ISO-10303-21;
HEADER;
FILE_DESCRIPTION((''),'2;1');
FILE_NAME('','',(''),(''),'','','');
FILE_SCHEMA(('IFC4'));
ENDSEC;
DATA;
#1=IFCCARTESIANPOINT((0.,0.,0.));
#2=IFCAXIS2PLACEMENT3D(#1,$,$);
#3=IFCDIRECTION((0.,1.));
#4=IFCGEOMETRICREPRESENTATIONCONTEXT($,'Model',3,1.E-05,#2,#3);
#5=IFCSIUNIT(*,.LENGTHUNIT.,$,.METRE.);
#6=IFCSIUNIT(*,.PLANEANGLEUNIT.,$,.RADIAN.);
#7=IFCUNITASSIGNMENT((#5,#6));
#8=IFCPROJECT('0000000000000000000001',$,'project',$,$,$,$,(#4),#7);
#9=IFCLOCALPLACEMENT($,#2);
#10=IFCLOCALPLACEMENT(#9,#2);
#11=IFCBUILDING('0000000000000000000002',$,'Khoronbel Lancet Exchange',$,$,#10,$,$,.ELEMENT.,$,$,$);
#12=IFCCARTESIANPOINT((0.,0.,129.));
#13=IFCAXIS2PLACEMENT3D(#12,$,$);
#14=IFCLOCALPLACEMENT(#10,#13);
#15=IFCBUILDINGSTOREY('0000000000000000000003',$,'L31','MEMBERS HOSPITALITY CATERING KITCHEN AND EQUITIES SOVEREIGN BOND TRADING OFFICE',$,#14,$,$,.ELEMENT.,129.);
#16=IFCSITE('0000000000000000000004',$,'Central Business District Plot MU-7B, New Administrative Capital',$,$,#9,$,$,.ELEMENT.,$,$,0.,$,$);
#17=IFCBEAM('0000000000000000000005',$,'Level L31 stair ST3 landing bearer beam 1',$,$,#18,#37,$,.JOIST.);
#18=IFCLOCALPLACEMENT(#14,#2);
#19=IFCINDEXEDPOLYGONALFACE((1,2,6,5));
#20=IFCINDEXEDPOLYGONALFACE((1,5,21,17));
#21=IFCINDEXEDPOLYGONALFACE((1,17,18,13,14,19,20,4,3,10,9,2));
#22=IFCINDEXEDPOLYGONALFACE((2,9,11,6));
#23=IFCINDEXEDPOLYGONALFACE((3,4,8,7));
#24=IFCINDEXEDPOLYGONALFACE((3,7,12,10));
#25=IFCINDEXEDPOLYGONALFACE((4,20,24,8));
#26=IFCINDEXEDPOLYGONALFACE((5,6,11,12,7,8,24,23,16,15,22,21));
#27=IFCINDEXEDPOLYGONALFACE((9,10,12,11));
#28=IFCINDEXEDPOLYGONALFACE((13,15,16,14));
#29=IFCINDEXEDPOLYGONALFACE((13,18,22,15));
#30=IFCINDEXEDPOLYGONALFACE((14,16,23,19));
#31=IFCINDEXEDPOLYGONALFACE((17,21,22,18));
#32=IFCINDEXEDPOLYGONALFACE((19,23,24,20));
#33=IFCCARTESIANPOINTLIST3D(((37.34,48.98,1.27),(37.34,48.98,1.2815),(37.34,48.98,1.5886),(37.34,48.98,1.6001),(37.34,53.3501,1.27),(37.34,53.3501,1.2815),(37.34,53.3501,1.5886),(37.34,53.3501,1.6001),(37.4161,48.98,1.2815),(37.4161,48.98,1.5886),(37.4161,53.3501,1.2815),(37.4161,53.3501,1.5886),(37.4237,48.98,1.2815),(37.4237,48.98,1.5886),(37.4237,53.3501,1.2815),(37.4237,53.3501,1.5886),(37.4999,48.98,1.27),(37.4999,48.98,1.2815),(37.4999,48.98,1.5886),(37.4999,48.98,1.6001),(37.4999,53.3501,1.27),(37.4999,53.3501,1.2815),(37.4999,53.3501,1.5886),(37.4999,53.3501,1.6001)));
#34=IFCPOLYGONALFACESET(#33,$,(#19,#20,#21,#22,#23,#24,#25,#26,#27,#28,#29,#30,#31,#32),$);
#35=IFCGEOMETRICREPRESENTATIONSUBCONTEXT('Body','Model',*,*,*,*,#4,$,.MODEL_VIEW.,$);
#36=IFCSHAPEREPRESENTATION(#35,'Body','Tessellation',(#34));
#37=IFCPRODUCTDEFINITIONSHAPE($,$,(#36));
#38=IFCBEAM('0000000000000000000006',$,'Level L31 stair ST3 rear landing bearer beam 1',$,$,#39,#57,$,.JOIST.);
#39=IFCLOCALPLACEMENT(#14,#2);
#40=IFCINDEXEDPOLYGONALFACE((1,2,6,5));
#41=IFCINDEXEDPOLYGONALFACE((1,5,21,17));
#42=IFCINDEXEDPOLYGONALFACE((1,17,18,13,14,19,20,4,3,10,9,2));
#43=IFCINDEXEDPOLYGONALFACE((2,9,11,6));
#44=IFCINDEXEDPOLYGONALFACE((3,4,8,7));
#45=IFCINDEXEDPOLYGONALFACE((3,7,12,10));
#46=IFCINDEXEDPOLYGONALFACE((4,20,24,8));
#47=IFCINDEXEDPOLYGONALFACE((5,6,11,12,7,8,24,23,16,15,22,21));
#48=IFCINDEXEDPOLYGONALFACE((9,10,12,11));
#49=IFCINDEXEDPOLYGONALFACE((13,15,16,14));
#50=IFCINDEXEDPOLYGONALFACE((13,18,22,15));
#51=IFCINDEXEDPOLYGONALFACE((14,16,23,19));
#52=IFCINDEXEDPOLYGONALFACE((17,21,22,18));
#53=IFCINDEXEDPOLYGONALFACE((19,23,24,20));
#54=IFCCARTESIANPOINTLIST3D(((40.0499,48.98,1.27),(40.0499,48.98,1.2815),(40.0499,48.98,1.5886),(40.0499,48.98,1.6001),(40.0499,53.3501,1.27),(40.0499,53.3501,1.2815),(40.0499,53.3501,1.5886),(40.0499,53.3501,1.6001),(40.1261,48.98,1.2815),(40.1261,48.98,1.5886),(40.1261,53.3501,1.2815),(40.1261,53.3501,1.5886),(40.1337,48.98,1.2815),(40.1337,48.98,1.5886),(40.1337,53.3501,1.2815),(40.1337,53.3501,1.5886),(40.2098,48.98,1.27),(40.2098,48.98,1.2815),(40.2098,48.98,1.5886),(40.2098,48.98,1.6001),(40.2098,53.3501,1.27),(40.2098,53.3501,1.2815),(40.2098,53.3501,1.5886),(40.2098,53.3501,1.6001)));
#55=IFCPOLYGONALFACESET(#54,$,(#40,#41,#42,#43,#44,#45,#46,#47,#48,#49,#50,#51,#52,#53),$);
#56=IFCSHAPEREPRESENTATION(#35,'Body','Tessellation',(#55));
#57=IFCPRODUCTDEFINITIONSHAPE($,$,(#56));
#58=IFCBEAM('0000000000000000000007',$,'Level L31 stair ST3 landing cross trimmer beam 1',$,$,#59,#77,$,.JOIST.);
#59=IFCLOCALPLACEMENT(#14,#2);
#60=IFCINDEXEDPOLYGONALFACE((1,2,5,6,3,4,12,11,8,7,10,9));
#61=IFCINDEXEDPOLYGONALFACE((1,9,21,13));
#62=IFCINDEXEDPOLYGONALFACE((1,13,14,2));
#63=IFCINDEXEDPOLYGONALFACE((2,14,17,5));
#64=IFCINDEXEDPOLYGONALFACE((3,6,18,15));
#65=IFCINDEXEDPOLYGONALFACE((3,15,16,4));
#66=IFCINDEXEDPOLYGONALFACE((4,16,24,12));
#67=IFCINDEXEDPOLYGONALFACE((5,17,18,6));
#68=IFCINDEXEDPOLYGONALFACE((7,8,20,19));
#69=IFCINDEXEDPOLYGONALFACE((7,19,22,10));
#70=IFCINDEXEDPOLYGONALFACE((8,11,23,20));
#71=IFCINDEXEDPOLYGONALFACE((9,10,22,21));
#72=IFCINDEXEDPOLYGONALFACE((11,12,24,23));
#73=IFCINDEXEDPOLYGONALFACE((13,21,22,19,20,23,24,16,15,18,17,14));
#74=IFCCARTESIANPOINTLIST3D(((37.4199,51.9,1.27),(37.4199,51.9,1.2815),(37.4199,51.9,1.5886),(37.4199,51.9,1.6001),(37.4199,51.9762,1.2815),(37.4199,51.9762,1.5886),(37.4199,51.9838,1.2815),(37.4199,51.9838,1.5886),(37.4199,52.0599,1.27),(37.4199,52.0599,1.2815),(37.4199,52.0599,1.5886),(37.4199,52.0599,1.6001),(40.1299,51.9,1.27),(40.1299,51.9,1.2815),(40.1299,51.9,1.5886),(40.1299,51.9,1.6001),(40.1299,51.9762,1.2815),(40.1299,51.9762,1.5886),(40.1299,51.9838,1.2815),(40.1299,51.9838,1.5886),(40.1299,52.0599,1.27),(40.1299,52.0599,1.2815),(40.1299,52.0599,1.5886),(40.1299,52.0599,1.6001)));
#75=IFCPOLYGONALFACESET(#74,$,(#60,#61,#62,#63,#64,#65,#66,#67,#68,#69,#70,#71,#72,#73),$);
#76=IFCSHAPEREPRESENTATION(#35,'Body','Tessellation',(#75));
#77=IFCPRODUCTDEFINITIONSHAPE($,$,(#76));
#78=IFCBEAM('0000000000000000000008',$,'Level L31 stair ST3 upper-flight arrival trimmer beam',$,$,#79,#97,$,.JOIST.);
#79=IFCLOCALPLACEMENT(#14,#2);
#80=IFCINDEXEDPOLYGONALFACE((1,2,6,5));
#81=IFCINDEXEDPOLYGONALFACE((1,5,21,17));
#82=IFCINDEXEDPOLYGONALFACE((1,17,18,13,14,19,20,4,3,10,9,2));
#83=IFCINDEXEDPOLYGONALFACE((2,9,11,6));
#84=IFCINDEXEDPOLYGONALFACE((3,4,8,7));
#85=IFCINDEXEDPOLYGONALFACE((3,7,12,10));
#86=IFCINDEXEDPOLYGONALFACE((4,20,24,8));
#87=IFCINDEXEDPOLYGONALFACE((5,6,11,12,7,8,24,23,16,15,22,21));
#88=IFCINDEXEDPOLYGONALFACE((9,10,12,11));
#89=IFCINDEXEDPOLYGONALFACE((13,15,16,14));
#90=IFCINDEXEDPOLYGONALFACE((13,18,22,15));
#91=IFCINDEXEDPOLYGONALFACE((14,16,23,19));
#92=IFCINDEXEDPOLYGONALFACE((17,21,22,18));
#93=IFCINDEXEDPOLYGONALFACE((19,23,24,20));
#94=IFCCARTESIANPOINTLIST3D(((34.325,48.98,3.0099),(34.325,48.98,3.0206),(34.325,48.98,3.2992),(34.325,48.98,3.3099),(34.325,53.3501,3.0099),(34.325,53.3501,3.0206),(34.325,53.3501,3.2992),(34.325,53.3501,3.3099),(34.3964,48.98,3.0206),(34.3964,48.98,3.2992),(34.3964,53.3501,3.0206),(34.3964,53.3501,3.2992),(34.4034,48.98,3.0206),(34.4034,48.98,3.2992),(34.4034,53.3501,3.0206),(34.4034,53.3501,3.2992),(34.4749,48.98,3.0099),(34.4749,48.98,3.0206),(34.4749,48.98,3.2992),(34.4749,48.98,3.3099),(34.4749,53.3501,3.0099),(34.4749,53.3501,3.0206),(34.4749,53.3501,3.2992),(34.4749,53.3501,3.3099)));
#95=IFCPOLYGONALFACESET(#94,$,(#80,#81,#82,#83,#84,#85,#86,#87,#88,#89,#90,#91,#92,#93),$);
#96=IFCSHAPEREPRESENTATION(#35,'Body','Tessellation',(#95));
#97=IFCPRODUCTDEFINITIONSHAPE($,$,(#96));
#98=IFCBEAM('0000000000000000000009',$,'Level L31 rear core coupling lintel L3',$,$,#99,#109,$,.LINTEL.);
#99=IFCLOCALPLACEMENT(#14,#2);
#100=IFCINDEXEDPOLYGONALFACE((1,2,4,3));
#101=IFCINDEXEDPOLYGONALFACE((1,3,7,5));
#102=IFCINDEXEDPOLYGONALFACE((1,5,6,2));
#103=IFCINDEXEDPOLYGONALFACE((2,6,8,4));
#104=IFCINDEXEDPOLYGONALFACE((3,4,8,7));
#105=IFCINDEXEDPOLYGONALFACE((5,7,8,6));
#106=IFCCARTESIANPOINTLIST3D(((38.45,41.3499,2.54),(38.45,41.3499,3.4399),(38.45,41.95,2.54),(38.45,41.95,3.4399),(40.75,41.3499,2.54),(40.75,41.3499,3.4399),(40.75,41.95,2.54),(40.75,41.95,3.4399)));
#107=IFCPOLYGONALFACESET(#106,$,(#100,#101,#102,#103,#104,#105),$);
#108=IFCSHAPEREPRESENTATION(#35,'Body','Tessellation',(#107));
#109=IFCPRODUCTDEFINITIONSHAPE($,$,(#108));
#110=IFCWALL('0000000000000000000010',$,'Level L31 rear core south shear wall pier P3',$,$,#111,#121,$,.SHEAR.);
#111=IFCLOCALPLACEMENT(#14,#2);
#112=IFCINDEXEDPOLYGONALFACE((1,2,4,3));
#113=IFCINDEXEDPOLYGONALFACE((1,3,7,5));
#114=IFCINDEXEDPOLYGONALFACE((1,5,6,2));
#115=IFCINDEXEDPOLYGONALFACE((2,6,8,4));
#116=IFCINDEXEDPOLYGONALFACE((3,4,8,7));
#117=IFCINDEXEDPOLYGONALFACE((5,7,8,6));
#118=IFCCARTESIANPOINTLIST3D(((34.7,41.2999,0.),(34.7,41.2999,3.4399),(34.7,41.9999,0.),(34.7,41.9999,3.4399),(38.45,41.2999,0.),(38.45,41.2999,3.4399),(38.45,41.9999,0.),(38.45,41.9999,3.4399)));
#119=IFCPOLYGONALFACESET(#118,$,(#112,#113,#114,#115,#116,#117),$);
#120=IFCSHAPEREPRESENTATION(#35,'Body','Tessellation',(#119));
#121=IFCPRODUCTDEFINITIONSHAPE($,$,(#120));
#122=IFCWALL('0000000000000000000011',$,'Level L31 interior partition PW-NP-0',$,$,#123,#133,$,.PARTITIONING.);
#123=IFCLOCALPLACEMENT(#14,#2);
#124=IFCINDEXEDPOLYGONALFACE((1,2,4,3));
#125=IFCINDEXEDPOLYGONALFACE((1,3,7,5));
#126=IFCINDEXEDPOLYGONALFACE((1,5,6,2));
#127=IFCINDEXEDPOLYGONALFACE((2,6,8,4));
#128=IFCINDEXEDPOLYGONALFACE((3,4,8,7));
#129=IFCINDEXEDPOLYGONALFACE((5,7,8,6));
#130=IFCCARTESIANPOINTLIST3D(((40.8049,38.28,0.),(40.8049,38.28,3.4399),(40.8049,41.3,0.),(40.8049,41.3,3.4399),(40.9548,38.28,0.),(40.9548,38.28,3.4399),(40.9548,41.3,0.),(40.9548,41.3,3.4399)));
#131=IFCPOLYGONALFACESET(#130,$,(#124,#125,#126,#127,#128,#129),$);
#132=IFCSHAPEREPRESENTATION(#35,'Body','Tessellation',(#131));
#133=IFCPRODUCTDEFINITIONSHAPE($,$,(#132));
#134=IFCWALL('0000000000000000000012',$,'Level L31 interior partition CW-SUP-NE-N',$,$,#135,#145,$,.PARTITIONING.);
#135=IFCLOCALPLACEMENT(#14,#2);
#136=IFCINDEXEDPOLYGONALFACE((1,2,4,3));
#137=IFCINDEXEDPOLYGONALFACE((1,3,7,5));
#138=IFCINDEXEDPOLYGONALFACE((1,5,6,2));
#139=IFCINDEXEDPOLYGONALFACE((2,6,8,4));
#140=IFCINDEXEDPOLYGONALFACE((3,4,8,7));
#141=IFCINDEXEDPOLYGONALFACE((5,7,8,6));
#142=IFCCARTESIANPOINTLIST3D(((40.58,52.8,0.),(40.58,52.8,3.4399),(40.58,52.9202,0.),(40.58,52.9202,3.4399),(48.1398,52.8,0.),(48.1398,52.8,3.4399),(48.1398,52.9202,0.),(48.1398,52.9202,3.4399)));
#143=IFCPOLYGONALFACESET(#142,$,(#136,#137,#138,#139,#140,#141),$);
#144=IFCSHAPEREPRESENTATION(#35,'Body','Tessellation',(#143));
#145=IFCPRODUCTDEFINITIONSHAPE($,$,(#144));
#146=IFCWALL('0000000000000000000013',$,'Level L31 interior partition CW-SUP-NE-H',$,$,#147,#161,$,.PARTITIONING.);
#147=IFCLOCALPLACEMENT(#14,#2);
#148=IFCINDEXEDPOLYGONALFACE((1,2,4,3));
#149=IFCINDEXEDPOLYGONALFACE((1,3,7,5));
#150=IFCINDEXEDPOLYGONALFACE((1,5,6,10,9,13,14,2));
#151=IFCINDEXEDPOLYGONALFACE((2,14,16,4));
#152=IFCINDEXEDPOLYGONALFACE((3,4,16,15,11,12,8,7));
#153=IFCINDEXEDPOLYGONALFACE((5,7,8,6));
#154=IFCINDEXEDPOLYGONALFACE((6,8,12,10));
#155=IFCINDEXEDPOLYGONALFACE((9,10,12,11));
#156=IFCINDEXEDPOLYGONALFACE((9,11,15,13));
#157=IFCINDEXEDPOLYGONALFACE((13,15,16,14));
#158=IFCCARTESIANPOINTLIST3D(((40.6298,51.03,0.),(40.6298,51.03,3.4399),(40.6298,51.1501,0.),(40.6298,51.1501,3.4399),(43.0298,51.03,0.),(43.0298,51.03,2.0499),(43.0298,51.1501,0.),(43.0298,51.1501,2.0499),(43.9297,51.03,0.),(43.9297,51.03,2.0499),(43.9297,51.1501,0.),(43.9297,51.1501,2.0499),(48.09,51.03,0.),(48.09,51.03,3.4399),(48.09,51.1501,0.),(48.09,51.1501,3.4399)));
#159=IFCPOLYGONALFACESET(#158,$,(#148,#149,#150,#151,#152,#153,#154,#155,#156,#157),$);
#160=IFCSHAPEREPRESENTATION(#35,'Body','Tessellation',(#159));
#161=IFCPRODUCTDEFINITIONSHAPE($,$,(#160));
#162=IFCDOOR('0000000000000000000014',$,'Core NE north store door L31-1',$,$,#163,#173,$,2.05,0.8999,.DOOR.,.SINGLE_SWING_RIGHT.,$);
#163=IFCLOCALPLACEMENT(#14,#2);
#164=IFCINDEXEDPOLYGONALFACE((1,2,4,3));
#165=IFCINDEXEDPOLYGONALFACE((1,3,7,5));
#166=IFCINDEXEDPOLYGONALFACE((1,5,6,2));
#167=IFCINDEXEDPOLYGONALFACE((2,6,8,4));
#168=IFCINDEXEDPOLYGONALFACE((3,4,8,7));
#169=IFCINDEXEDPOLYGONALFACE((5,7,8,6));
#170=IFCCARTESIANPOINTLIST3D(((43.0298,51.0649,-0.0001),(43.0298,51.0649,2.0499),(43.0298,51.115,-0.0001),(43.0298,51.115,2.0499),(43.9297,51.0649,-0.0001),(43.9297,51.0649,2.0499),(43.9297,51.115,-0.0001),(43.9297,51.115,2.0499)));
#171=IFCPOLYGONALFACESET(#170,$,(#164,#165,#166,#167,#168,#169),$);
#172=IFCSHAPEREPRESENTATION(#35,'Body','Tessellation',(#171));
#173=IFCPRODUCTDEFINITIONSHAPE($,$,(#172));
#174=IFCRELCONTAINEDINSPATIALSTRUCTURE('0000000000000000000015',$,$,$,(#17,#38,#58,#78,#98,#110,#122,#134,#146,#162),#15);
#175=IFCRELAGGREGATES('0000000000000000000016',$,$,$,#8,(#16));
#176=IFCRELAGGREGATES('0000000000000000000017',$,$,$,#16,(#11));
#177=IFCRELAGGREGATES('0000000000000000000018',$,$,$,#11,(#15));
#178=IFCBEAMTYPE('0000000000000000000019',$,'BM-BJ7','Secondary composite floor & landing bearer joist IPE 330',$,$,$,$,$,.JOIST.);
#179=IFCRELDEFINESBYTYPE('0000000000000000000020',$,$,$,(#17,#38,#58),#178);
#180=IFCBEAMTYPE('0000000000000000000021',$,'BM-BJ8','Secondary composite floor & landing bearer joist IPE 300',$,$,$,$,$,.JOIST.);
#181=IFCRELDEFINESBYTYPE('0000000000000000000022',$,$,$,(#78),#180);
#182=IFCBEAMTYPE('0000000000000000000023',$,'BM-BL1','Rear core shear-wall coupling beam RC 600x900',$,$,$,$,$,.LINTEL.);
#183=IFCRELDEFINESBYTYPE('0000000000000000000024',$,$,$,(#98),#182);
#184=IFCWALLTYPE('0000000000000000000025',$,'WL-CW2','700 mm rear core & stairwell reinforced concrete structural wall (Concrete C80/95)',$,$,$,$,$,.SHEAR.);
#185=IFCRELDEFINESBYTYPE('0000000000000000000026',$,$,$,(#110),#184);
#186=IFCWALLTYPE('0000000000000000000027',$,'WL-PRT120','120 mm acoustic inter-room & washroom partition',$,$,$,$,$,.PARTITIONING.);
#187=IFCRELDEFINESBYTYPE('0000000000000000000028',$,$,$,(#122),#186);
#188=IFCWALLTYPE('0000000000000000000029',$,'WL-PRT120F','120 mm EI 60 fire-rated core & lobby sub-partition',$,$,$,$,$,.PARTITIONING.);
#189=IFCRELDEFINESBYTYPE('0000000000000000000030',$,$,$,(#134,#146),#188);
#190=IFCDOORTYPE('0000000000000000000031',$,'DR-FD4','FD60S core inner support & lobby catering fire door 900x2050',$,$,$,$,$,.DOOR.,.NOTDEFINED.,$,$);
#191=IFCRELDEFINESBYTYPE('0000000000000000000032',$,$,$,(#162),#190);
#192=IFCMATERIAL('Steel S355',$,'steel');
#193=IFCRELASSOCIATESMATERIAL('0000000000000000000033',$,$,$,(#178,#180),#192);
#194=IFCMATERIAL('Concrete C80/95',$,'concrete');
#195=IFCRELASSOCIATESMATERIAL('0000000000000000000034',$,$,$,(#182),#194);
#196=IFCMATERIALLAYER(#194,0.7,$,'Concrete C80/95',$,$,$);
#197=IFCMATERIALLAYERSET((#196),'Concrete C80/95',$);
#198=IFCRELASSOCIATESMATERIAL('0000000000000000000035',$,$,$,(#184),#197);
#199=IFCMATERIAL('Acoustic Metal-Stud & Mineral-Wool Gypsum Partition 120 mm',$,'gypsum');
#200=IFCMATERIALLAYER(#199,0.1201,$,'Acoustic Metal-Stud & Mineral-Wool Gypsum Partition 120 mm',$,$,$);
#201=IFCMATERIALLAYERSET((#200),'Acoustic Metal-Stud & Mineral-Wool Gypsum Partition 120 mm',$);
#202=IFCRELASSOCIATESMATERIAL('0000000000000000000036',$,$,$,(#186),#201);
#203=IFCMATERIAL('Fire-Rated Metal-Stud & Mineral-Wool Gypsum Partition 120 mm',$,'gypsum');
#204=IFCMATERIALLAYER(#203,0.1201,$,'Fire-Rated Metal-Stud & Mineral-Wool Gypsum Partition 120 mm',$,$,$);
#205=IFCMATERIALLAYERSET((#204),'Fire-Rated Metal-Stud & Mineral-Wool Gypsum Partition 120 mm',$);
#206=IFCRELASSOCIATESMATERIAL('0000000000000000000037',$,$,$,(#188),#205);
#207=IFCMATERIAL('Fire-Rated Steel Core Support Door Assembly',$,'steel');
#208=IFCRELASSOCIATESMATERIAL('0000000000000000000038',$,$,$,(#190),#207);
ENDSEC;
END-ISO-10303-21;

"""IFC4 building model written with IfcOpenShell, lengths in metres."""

from ifc_helpers import new_model, si_unit, direction, frame, frame_2d, origin, origin_2d, place, context, subcontext, project, spatial, rectangle, i_section, extrude, material, layer, layer_set, material_profile, profile_set, type_object, element, fill, save


model = new_model("IFC4")

# Units and contexts
model_context = context("Model", 3, precision=1e-05, world=origin(), true_north=direction((0.0, 1.0)))
body_context = subcontext(model_context, "Body", "Model", "MODEL_VIEW")
ifc_project = project(units=[si_unit("LENGTHUNIT", "METRE"), si_unit("PLANEANGLEUNIT", "RADIAN")], contexts=[model_context])

# Site, building, storey
site_placement = place(None, origin())
site = spatial("IfcSite", under=ifc_project, at=site_placement, Name="Central Business District Plot MU-7B, New Administrative Capital", CompositionType="ELEMENT", RefElevation=0.0)
building_placement = place(site_placement, origin())
building = spatial("IfcBuilding", under=site, at=building_placement, Name="Khoronbel Lancet Exchange", CompositionType="ELEMENT")
storey_placement = place(building_placement, frame((0.0, 0.0, 129.0)))
storey = spatial("IfcBuildingStorey", under=building, at=storey_placement, Name="L31", Description="MEMBERS HOSPITALITY CATERING KITCHEN AND EQUITIES SOVEREIGN BOND TRADING OFFICE", CompositionType="ELEMENT", Elevation=129.0)

# Beams
ifc_material_1 = material(Name="Steel S355", Category="steel")
ifc_material_profile_1 = material_profile(ifc_material_1, i_section(OverallWidth=0.1599, OverallDepth=0.3301, WebThickness=0.0076, FlangeThickness=0.0115, at=origin_2d()), Name="IPE 330")
ifc_profile_set_1 = profile_set([ifc_material_profile_1], Name="Steel S355")
beam_type_1 = type_object("IfcBeamType", Name="BM-BJ7", Description="Secondary composite floor & landing bearer joist IPE 330", PredefinedType="JOIST", material=ifc_profile_set_1)
for number, where, z_axis, x_axis, name in (
    (1, (37.4199, 48.98, 1.4351), (0.0, 1.0, 0.0), (-1.0, 0.0, 0.0), "Level L31 stair ST3 landing bearer beam 1"),
    (2, (40.1299, 48.98, 1.4351), (0.0, 1.0, 0.0), (-1.0, 0.0, 0.0), "Level L31 stair ST3 rear landing bearer beam 1"),
):
    element("IfcBeam", number, at=place(storey_placement, frame(where, z_axis=z_axis, x_axis=x_axis)), inside=storey, type_object=beam_type_1, Name=name, PredefinedType="JOIST", context=body_context, shape_type="SweptSolid", body=[
        extrude(i_section(OverallWidth=0.1599, OverallDepth=0.3301, WebThickness=0.0076, FlangeThickness=0.0115, at=origin_2d()), origin(), (0.0, 0.0, 1.0), 4.3701),
    ])
beam_1_placement = place(storey_placement, frame((37.4199, 51.98, 1.4351), z_axis=(1.0, 0.0, 0.0), x_axis=(0.0, 1.0, 0.0)))
element("IfcBeam", 3, at=beam_1_placement, inside=storey, type_object=beam_type_1, Name="Level L31 stair ST3 landing cross trimmer beam 1", PredefinedType="JOIST", context=body_context, shape_type="SweptSolid", body=[
    extrude(i_section(OverallWidth=0.1599, OverallDepth=0.3301, WebThickness=0.0076, FlangeThickness=0.0115, at=origin_2d()), origin(), (0.0, 0.0, 1.0), 2.71),
])
ifc_material_profile_2 = material_profile(ifc_material_1, i_section(OverallWidth=0.1499, OverallDepth=0.3, WebThickness=0.0071, FlangeThickness=0.0107, at=origin_2d()), Name="IPE 300")
ifc_profile_set_2 = profile_set([ifc_material_profile_2], Name="Steel S355")
beam_type_2 = type_object("IfcBeamType", Name="BM-BJ8", Description="Secondary composite floor & landing bearer joist IPE 300", PredefinedType="JOIST", material=ifc_profile_set_2)
beam_2_placement = place(storey_placement, frame((34.3999, 48.98, 3.1599), z_axis=(0.0, 1.0, 0.0), x_axis=(-1.0, 0.0, 0.0)))
element("IfcBeam", 4, at=beam_2_placement, inside=storey, type_object=beam_type_2, Name="Level L31 stair ST3 upper-flight arrival trimmer beam", PredefinedType="JOIST", context=body_context, shape_type="SweptSolid", body=[
    extrude(i_section(OverallWidth=0.1499, OverallDepth=0.3, WebThickness=0.0071, FlangeThickness=0.0107, at=origin_2d()), origin(), (0.0, 0.0, 1.0), 4.3701),
])
ifc_material_2 = material(Name="Concrete C80/95", Category="concrete")
ifc_material_profile_3 = material_profile(ifc_material_2, rectangle(XDim=0.6001, YDim=0.8999, at=origin_2d()), Name="RC 600x900")
ifc_profile_set_3 = profile_set([ifc_material_profile_3], Name="Concrete C80/95")
beam_type_3 = type_object("IfcBeamType", Name="BM-BL1", Description="Rear core shear-wall coupling beam RC 600x900", PredefinedType="LINTEL", material=ifc_profile_set_3)
beam_3_placement = place(storey_placement, frame((38.45, 41.6499, 2.99), z_axis=(1.0, 0.0, 0.0), x_axis=(0.0, 1.0, 0.0)))
element("IfcBeam", 5, at=beam_3_placement, inside=storey, type_object=beam_type_3, Name="Level L31 rear core coupling lintel L3", PredefinedType="LINTEL", context=body_context, shape_type="SweptSolid", body=[
    extrude(rectangle(XDim=0.6001, YDim=0.8999, at=origin_2d()), origin(), (0.0, 0.0, 1.0), 2.3),
])

# Walls
ifc_layer_1 = layer(ifc_material_2, 0.7, Name="Concrete C80/95")
ifc_layer_set_1 = layer_set([ifc_layer_1], Name="Concrete C80/95")
wall_type_1 = type_object("IfcWallType", Name="WL-CW2", Description="700 mm rear core & stairwell reinforced concrete structural wall (Concrete C80/95)", PredefinedType="SHEAR", material=ifc_layer_set_1)
wall_1_placement = place(storey_placement, frame((38.45, 41.6499, 0.0), z_axis=(0.0, 0.0, 1.0), x_axis=(-1.0, 0.0, 0.0)))
element("IfcWall", 6, at=wall_1_placement, inside=storey, type_object=wall_type_1, Name="Level L31 rear core south shear wall pier P3", PredefinedType="SHEAR", context=body_context, shape_type="SweptSolid", body=[
    extrude(rectangle(XDim=3.75, YDim=0.7, at=frame_2d((1.875, 0.0))), origin(), (0.0, 0.0, 1.0), 3.4399),
])
ifc_material_3 = material(Name="Acoustic Metal-Stud & Mineral-Wool Gypsum Partition 120 mm", Category="gypsum")
ifc_layer_2 = layer(ifc_material_3, 0.1201, Name="Acoustic Metal-Stud & Mineral-Wool Gypsum Partition 120 mm")
ifc_layer_set_2 = layer_set([ifc_layer_2], Name="Acoustic Metal-Stud & Mineral-Wool Gypsum Partition 120 mm")
wall_type_2 = type_object("IfcWallType", Name="WL-PRT120", Description="120 mm acoustic inter-room & washroom partition", PredefinedType="PARTITIONING", material=ifc_layer_set_2)
wall_2_placement = place(storey_placement, frame((40.8799, 38.28, 0.0), z_axis=(0.0, 0.0, 1.0), x_axis=(0.0, 1.0, 0.0)))
element("IfcWall", 7, at=wall_2_placement, inside=storey, type_object=wall_type_2, Name="Level L31 interior partition PW-NP-0", PredefinedType="PARTITIONING", context=body_context, shape_type="SweptSolid", body=[
    extrude(rectangle(XDim=3.02, YDim=0.1499, at=frame_2d((1.51, 0.0))), origin(), (0.0, 0.0, 1.0), 3.4399),
])
ifc_material_4 = material(Name="Fire-Rated Metal-Stud & Mineral-Wool Gypsum Partition 120 mm", Category="gypsum")
ifc_layer_3 = layer(ifc_material_4, 0.1201, Name="Fire-Rated Metal-Stud & Mineral-Wool Gypsum Partition 120 mm")
ifc_layer_set_3 = layer_set([ifc_layer_3], Name="Fire-Rated Metal-Stud & Mineral-Wool Gypsum Partition 120 mm")
wall_type_3 = type_object("IfcWallType", Name="WL-PRT120F", Description="120 mm EI 60 fire-rated core & lobby sub-partition", PredefinedType="PARTITIONING", material=ifc_layer_set_3)
wall_3_placement = place(storey_placement, frame((40.5801, 52.8601, 0.0), z_axis=(0.0, 0.0, 1.0), x_axis=(1.0, 0.0, 0.0)))
element("IfcWall", 8, at=wall_3_placement, inside=storey, type_object=wall_type_3, Name="Level L31 interior partition CW-SUP-NE-N", PredefinedType="PARTITIONING", context=body_context, shape_type="SweptSolid", body=[
    extrude(rectangle(XDim=7.5598, YDim=0.1201, at=frame_2d((3.7798, 0.0))), origin(), (0.0, 0.0, 1.0), 3.4399),
])

# Wall, opening, door
wall_4_placement = place(storey_placement, frame((40.6299, 51.0901, 0.0), z_axis=(0.0, 0.0, 1.0), x_axis=(1.0, 0.0, 0.0)))
wall_4 = element("IfcWall", 9, at=wall_4_placement, inside=storey, type_object=wall_type_3, Name="Level L31 interior partition CW-SUP-NE-H", PredefinedType="PARTITIONING", context=body_context, shape_type="SweptSolid", body=[
    extrude(rectangle(XDim=7.4602, YDim=0.1201, at=frame_2d((3.73, 0.0))), origin(), (0.0, 0.0, 1.0), 3.4399),
])
opening_1_placement = place(wall_4_placement, frame((2.3999, 0.0, 0.0)))
opening_1 = element("IfcOpeningElement", 10, at=opening_1_placement, cuts=wall_4, PredefinedType="OPENING", context=body_context, shape_type="SweptSolid", body=[
    extrude(rectangle(XDim=0.8999, YDim=2.05, at=frame_2d((0.45, 1.0249))), frame((0.0, 0.0701, 0.0), z_axis=(0.0, -1.0, 0.0), x_axis=(1.0, 0.0, 0.0)), (0.0, 0.0, 1.0), 0.1401),
])
ifc_material_5 = material(Name="Fire-Rated Steel Core Support Door Assembly", Category="steel")
door_type_1 = type_object("IfcDoorType", Name="DR-FD4", Description="FD60S core inner support & lobby catering fire door 900x2050", OperationType="NOTDEFINED", PredefinedType="DOOR", material=ifc_material_5)
door_1_placement = place(opening_1_placement, origin())
door_1 = element("IfcDoor", 11, at=door_1_placement, inside=storey, type_object=door_type_1, Name="Core NE north store door L31-1", OperationType="SINGLE_SWING_RIGHT", OverallHeight=2.05, OverallWidth=0.8999, PredefinedType="DOOR", context=body_context, shape_type="SweptSolid", body=[
    extrude(rectangle(XDim=0.8999, YDim=2.05, at=frame_2d((0.45, 1.0249))), frame((0.0, 0.0249, 0.0), z_axis=(0.0, -1.0, 0.0), x_axis=(1.0, 0.0, 0.0)), (0.0, 0.0, 1.0), 0.05),
])
fill(opening_1, door_1)

save(model, "model.ifc")
